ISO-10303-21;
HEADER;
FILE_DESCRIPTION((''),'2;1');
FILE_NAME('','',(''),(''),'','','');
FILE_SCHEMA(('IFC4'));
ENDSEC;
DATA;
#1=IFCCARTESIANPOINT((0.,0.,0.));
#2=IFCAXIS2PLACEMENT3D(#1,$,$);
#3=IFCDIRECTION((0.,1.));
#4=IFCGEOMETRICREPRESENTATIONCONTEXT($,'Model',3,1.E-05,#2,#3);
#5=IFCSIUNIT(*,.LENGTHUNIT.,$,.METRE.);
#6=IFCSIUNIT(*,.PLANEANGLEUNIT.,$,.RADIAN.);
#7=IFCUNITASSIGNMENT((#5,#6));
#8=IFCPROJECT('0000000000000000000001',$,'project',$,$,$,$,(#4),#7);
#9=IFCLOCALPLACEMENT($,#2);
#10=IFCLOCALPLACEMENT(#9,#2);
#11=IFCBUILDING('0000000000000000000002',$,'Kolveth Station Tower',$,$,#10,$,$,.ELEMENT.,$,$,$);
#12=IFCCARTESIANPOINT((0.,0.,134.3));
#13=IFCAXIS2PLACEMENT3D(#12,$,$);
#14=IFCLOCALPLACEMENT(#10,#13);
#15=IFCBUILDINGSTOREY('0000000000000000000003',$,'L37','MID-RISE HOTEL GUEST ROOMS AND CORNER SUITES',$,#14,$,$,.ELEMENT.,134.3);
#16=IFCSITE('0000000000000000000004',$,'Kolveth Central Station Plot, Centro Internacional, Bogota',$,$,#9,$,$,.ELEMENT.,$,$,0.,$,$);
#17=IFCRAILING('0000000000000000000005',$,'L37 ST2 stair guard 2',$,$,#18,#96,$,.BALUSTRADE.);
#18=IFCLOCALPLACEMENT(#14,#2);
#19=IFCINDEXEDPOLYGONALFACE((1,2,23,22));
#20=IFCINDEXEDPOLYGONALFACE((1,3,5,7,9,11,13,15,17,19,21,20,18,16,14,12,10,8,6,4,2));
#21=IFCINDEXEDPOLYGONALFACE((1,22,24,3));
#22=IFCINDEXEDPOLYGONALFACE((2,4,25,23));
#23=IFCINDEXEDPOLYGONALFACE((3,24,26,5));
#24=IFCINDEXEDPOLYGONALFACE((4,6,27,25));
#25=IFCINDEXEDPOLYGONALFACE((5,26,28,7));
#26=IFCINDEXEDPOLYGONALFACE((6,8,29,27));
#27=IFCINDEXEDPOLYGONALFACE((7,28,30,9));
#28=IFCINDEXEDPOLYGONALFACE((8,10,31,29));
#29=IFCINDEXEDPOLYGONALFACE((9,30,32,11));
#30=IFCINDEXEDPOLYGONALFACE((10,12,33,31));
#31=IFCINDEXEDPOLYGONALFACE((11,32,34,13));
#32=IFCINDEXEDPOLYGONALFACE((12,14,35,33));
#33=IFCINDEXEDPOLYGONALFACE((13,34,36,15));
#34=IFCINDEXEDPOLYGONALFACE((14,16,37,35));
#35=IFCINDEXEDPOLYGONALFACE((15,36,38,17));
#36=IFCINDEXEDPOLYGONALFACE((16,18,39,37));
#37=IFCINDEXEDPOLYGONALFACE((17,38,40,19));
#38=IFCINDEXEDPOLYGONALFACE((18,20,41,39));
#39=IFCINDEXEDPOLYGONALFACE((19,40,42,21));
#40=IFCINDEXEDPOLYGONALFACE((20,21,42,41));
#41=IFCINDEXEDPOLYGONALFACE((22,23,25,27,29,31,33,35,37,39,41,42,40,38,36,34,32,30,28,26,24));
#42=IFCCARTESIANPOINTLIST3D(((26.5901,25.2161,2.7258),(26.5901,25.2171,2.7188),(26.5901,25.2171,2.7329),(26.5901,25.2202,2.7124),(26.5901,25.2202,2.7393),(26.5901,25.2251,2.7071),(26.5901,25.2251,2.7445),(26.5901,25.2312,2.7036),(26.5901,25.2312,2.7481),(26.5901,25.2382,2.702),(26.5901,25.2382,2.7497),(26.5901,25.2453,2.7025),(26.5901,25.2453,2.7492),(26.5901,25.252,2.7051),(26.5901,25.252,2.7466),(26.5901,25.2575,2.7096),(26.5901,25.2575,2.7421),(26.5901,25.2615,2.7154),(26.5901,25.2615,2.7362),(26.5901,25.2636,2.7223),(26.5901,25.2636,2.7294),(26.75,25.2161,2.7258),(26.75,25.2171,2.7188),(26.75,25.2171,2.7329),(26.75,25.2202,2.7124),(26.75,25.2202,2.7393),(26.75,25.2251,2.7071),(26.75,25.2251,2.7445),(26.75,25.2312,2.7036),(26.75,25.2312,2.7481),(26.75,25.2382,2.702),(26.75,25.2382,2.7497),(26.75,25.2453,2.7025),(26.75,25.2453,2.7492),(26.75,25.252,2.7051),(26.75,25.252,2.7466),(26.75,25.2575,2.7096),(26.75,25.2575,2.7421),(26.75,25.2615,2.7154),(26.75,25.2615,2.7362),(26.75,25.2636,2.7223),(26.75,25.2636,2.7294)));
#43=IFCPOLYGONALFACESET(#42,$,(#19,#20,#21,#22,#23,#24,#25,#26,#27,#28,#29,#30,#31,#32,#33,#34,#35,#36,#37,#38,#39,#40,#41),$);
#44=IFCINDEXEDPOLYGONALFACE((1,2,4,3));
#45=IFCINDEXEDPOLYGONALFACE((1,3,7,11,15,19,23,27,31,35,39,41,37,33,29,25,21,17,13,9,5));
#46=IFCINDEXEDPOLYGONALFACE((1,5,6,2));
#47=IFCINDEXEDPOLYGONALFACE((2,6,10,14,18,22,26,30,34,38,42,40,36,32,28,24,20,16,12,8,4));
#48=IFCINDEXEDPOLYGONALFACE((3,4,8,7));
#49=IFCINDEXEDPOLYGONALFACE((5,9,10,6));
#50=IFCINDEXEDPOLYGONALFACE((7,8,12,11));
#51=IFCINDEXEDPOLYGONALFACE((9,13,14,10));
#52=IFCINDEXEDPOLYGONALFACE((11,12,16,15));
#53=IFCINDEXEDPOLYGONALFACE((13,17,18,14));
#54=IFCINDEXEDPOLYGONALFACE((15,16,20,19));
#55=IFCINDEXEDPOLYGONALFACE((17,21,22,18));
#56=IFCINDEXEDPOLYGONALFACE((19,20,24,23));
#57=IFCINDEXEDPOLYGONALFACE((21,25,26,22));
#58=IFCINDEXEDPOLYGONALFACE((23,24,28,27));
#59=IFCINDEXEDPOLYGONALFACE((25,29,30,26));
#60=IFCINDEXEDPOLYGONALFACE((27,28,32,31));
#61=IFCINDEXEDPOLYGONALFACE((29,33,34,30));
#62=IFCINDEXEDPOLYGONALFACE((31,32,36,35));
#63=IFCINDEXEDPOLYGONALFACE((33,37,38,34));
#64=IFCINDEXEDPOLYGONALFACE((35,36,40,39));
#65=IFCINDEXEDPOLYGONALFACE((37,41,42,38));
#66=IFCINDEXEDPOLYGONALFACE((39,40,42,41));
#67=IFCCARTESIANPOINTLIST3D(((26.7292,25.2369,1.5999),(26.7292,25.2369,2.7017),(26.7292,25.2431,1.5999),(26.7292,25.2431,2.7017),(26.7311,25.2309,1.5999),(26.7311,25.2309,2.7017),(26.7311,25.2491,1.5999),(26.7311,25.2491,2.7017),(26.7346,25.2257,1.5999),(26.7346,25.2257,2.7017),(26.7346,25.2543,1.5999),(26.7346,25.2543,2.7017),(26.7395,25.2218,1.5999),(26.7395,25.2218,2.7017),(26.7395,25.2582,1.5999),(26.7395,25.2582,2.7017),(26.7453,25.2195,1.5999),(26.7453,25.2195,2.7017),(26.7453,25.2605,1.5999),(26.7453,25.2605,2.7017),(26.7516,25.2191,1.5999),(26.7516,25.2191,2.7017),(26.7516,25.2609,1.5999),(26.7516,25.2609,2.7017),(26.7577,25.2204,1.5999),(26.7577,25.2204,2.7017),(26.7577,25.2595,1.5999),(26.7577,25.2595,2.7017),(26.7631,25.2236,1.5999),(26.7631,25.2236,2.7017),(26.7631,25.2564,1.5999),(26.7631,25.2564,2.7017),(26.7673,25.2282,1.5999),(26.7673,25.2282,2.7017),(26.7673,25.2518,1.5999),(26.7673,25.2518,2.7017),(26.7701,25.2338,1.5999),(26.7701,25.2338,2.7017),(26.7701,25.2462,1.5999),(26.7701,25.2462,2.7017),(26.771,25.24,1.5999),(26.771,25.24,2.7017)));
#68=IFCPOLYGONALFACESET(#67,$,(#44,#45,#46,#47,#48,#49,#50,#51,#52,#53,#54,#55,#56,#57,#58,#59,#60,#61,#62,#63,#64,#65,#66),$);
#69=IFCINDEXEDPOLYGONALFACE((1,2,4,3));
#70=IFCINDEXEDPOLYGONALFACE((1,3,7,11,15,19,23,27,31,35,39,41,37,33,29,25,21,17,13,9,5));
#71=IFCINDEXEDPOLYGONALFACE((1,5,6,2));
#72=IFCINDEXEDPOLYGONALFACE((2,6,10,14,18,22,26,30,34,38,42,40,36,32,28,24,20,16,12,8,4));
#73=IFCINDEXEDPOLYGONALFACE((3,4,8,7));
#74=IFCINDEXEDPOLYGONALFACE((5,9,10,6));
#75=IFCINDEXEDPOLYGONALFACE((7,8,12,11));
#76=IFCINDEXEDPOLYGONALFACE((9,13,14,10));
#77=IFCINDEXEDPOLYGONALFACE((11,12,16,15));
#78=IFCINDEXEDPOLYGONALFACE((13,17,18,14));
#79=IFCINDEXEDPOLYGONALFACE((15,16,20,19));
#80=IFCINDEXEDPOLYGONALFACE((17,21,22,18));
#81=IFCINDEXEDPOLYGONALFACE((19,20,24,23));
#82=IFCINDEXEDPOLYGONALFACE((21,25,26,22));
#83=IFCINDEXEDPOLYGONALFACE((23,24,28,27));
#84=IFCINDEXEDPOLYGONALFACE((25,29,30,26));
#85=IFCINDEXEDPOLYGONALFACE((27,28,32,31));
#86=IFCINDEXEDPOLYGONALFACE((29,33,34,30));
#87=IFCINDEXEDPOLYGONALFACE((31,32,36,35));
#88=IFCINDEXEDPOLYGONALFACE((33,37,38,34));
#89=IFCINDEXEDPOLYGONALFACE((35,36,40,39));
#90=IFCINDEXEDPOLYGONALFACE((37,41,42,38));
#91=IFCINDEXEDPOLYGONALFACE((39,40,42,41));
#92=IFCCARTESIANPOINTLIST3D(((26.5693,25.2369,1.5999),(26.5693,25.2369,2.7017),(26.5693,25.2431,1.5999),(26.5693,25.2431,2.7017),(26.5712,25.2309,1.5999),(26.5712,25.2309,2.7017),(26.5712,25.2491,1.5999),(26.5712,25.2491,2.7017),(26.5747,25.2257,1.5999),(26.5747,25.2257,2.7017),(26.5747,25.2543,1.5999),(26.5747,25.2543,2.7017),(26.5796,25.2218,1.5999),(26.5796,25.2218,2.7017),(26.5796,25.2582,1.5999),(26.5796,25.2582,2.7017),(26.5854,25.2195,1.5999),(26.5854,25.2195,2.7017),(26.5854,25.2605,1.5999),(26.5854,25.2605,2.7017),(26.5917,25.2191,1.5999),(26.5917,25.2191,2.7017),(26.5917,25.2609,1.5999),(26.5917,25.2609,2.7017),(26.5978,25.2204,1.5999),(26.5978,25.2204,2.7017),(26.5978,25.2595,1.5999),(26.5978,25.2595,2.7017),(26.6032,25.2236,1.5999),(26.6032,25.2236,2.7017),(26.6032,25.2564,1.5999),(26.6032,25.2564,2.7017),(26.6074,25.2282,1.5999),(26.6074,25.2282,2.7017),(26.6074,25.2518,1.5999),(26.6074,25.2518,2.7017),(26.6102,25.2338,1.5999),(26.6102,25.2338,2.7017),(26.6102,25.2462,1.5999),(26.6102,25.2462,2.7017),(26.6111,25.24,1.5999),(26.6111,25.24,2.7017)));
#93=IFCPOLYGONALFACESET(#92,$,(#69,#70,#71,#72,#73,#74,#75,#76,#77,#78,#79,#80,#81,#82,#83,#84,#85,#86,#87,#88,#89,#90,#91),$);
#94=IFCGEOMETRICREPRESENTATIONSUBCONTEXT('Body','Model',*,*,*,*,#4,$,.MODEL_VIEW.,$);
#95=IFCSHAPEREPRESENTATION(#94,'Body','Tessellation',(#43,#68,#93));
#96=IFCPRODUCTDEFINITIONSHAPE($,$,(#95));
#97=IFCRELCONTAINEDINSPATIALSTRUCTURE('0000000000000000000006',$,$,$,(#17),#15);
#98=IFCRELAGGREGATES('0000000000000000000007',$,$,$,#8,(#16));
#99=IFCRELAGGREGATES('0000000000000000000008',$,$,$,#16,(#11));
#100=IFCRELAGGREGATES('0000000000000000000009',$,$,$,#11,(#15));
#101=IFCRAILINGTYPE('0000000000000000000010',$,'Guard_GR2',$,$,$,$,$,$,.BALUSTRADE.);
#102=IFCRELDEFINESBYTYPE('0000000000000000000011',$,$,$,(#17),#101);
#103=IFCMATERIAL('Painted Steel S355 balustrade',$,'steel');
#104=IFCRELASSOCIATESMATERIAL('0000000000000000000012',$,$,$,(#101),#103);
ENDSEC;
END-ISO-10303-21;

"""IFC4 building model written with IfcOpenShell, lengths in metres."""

from ifc_helpers import new_model, si_unit, direction, frame, origin, origin_2d, place, context, subcontext, project, spatial, circle, extrude, material, type_object, element, save


model = new_model("IFC4")

# Units and contexts
model_context = context("Model", 3, precision=1e-05, world=origin(), true_north=direction((0.0, 1.0)))
body_context = subcontext(model_context, "Body", "Model", "MODEL_VIEW")
ifc_project = project(units=[si_unit("LENGTHUNIT", "METRE"), si_unit("PLANEANGLEUNIT", "RADIAN")], contexts=[model_context])

# Site, building, storey
site_placement = place(None, origin())
site = spatial("IfcSite", under=ifc_project, at=site_placement, Name="Kolveth Central Station Plot, Centro Internacional, Bogota", CompositionType="ELEMENT", RefElevation=0.0)
building_placement = place(site_placement, origin())
building = spatial("IfcBuilding", under=site, at=building_placement, Name="Kolveth Station Tower", CompositionType="ELEMENT")
storey_placement = place(building_placement, frame((0.0, 0.0, 134.3)))
storey = spatial("IfcBuildingStorey", under=building, at=storey_placement, Name="L37", Description="MID-RISE HOTEL GUEST ROOMS AND CORNER SUITES", CompositionType="ELEMENT", Elevation=134.3)

# Railing
ifc_material_1 = material(Name="Painted Steel S355 balustrade", Category="steel")
railing_type_1 = type_object("IfcRailingType", Name="Guard_GR2", PredefinedType="BALUSTRADE", material=ifc_material_1)
railing_1_placement = place(storey_placement, frame((26.75, 25.24, 1.5999)))
element("IfcRailing", 1, at=railing_1_placement, inside=storey, type_object=railing_type_1, Name="L37 ST2 stair guard 2", PredefinedType="BALUSTRADE", context=body_context, shape_type="SweptSolid", body=[
    extrude(circle(Radius=0.0239, at=origin_2d()), frame((0.0, 0.0, 1.126), z_axis=(-1.0, 0.0, 0.0), x_axis=(0.0, -1.0, 0.0)), (0.0, 0.0, 1.0), 0.1599),
    extrude(circle(Radius=0.021, at=origin_2d()), origin(), (0.0, 0.0, 1.0), 1.1018),
    extrude(circle(Radius=0.021, at=origin_2d()), frame((-0.1599, 0.0, 0.0)), (0.0, 0.0, 1.0), 1.1018),
])

save(model, "model.ifc")
